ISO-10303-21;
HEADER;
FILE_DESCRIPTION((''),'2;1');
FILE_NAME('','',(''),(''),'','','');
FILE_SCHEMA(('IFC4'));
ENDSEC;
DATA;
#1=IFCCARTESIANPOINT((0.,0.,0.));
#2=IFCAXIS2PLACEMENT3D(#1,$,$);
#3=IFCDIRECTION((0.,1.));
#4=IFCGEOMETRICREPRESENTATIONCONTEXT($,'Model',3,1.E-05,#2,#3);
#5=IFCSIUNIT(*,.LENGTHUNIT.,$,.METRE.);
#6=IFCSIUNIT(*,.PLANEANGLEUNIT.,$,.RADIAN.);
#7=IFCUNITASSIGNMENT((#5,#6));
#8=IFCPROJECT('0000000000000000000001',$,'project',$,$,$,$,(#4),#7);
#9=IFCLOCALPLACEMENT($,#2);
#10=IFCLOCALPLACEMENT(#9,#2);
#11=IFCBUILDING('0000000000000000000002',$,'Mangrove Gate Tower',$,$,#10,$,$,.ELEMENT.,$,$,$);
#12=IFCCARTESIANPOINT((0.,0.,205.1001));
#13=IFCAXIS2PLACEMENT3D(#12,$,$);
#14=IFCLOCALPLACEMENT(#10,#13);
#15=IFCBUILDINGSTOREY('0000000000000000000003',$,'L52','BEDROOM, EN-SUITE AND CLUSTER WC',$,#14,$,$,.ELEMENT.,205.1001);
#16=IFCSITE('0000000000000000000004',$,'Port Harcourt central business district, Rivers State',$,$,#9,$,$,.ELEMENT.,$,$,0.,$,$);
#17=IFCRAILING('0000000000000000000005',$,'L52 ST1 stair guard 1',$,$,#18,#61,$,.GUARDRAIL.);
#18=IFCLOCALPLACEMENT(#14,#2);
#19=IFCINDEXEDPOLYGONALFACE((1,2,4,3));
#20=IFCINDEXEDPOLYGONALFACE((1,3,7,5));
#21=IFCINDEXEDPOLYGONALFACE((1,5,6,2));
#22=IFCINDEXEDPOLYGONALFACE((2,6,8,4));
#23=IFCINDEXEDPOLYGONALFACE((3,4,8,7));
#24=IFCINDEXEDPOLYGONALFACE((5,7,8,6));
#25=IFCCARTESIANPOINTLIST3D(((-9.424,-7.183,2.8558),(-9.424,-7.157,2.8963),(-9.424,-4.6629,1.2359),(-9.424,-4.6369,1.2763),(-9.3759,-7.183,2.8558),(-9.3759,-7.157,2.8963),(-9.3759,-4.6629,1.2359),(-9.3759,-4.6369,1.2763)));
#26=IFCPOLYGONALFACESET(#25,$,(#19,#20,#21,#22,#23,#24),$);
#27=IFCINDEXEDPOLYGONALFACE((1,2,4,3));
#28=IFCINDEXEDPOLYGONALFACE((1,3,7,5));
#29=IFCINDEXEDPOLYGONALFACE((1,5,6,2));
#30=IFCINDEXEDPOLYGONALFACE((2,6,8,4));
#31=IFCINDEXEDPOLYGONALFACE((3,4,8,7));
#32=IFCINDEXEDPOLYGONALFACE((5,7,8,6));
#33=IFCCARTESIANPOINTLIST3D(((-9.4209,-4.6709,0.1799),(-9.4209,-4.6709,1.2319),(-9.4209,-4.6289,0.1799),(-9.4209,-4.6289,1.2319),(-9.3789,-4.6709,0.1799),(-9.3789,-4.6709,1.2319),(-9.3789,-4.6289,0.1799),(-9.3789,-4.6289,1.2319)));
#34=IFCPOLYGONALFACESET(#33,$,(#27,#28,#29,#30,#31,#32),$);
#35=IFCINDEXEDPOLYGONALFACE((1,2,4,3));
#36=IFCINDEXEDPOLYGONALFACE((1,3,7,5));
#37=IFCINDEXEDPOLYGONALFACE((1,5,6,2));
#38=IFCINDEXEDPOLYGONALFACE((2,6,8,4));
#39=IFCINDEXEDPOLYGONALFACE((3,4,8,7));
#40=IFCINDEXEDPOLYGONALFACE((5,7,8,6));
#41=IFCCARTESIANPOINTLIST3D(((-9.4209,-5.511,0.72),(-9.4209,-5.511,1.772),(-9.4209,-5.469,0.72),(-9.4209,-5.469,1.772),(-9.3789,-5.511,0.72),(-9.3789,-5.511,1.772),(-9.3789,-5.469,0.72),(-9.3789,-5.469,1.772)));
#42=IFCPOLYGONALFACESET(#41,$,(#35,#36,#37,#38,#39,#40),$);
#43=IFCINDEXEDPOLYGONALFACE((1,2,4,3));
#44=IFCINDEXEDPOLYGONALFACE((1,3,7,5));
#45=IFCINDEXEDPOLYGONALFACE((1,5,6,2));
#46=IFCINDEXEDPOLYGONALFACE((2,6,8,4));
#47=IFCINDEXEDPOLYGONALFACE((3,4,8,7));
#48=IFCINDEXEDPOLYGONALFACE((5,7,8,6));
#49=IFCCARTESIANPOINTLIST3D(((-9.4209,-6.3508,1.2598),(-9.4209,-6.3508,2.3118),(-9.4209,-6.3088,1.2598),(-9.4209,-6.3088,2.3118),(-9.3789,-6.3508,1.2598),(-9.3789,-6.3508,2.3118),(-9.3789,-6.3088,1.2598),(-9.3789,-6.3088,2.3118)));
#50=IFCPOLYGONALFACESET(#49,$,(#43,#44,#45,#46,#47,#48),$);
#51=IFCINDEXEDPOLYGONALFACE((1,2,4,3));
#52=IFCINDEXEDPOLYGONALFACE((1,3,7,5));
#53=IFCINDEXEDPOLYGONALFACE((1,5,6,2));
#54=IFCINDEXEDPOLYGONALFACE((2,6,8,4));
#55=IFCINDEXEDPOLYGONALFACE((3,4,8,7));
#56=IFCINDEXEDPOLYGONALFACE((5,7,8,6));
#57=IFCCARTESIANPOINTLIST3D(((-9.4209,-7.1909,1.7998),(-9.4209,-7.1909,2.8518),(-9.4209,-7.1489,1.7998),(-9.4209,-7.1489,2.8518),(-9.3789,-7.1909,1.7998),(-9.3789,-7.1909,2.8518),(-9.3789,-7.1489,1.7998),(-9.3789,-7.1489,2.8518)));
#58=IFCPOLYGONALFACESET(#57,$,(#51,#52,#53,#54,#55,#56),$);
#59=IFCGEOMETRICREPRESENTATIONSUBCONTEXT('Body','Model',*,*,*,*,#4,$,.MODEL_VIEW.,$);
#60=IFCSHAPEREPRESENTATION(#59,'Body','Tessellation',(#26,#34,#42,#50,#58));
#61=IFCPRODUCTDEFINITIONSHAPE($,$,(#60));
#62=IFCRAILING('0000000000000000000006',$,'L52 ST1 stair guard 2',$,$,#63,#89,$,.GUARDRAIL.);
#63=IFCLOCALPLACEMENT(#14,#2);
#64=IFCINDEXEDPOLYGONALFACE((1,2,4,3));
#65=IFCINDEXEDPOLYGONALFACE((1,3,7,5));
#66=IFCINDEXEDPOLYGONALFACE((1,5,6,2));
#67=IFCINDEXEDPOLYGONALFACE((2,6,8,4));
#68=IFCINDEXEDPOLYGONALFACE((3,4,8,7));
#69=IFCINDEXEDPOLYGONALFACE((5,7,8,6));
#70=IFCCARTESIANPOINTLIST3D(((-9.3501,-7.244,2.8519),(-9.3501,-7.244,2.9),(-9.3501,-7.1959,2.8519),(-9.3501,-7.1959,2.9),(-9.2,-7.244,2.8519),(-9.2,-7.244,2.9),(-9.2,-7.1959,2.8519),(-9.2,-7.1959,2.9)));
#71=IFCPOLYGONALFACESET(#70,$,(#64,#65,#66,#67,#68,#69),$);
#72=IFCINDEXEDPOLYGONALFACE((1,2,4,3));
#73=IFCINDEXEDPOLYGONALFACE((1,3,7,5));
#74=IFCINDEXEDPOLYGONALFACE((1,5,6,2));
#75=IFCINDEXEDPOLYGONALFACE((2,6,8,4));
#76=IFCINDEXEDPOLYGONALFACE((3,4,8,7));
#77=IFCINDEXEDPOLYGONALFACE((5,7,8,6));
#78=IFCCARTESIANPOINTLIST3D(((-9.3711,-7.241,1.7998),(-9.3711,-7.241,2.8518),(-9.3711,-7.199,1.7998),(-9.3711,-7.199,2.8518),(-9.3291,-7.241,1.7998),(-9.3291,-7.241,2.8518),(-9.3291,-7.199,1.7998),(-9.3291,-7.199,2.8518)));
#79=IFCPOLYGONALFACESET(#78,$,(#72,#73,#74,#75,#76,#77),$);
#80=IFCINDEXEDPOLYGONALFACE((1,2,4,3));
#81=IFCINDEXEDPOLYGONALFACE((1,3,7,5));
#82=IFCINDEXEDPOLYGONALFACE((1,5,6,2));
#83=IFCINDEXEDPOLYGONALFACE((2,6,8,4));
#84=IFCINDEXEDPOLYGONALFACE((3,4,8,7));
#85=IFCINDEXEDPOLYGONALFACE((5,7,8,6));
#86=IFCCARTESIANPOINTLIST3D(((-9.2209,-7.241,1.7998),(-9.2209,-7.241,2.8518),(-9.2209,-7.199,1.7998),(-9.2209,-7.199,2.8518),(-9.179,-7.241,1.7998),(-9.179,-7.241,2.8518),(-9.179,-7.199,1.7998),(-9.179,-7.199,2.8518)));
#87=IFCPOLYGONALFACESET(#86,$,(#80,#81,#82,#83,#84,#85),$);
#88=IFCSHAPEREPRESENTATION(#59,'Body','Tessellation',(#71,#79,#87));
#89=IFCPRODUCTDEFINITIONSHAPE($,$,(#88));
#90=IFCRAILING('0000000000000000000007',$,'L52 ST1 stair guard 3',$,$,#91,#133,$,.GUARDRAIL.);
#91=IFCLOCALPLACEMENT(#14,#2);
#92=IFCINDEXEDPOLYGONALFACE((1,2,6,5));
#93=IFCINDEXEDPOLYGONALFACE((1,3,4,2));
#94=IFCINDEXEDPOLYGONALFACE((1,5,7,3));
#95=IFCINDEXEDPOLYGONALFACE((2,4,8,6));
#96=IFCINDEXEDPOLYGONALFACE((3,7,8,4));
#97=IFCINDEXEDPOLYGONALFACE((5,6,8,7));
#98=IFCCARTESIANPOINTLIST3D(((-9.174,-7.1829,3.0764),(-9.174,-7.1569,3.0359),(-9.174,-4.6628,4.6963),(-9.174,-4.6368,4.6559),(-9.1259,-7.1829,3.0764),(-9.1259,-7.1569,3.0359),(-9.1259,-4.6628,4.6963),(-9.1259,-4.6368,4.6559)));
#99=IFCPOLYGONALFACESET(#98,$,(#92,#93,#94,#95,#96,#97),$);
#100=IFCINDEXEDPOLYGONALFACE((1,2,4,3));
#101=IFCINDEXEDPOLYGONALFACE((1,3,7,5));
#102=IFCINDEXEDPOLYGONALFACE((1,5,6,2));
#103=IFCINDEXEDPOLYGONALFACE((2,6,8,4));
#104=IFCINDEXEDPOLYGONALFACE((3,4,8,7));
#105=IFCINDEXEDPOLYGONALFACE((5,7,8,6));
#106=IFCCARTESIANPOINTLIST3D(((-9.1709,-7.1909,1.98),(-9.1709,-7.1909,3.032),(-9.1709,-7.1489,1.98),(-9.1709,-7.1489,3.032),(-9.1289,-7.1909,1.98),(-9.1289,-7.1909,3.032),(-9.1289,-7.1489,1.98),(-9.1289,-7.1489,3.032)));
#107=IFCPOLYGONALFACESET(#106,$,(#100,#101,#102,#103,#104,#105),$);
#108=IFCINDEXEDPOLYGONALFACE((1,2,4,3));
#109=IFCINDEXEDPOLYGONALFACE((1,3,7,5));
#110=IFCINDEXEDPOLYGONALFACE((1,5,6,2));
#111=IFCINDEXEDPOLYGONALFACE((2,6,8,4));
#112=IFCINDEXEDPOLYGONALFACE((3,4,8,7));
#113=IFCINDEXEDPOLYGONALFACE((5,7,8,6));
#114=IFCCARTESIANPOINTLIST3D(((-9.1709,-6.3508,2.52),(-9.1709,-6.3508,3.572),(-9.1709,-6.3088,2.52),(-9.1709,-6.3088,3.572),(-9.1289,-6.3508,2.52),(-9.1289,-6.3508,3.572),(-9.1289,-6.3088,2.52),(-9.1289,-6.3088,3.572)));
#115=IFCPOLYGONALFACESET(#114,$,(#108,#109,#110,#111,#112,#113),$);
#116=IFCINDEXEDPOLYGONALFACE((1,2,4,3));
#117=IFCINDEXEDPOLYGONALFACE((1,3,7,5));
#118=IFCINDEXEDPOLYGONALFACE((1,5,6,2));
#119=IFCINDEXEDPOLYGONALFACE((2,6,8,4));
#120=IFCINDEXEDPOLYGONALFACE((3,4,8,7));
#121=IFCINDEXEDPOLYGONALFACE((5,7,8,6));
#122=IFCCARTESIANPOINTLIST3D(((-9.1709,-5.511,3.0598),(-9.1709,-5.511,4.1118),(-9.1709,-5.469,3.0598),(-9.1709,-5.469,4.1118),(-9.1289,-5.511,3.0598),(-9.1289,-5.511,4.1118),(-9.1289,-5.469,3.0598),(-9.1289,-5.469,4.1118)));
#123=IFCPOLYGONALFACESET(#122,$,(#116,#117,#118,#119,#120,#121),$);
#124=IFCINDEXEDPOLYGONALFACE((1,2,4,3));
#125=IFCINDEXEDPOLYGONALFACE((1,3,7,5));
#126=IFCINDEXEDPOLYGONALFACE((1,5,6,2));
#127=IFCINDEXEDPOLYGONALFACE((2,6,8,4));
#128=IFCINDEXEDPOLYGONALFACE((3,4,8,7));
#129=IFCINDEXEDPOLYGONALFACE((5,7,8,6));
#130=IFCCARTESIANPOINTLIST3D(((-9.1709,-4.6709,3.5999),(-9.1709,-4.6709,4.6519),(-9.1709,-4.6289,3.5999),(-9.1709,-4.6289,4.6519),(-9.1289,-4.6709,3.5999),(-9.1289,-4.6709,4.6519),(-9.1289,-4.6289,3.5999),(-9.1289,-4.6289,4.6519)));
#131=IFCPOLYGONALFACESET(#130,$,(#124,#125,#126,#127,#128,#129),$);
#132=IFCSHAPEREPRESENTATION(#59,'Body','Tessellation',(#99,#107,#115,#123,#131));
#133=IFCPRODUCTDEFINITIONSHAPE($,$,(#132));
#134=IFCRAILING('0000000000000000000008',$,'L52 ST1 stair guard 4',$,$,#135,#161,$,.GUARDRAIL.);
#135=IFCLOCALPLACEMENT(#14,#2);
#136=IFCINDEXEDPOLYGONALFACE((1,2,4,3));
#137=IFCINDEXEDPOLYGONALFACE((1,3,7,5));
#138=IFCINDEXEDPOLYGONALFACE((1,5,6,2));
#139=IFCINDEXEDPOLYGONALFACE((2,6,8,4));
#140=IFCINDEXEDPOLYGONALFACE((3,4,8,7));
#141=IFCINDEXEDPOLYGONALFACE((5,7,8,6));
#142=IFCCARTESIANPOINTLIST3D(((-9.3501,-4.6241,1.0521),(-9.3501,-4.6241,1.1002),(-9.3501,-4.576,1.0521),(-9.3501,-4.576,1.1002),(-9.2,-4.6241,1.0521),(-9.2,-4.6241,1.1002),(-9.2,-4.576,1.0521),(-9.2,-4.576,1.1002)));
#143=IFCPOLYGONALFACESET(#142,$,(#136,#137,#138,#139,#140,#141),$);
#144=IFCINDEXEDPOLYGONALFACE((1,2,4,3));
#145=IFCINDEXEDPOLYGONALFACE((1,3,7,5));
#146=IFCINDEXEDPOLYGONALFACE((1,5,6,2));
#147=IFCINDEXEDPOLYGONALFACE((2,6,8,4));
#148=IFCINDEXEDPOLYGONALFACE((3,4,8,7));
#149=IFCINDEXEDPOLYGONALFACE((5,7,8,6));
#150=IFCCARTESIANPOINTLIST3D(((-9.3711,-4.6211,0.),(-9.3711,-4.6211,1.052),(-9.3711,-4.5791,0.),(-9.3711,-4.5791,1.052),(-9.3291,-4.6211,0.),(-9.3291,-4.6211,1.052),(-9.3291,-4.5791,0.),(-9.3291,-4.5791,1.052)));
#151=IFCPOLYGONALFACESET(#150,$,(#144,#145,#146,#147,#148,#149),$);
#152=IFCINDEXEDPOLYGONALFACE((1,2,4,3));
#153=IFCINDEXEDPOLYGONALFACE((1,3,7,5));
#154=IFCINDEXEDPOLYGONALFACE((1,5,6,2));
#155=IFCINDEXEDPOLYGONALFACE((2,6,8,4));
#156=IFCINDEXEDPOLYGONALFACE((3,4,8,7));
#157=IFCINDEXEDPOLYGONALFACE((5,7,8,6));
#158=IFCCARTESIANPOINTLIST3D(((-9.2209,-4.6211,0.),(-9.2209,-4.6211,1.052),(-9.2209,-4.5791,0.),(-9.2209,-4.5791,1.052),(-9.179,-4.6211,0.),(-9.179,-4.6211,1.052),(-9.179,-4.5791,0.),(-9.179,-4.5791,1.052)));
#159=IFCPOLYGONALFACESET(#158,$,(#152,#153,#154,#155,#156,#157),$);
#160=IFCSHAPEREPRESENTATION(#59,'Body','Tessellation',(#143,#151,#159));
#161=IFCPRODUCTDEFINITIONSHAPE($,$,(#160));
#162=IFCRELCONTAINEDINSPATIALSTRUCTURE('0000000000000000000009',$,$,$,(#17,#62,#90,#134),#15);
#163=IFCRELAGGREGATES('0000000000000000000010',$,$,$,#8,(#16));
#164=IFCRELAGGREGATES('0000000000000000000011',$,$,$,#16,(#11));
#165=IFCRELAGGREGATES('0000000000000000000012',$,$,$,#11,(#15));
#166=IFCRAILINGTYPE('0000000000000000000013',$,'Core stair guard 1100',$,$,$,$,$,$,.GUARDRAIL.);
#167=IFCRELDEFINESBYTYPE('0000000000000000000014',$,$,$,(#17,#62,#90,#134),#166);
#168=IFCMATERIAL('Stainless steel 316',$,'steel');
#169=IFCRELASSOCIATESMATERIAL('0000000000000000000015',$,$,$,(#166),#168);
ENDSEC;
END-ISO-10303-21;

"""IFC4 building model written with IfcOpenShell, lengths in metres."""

from ifc_helpers import new_model, si_unit, direction, frame, origin, origin_2d, place, context, subcontext, project, spatial, rectangle, extrude, material, type_object, element, save


model = new_model("IFC4")

# Units and contexts
model_context = context("Model", 3, precision=1e-05, world=origin(), true_north=direction((0.0, 1.0)))
body_context = subcontext(model_context, "Body", "Model", "MODEL_VIEW")
ifc_project = project(units=[si_unit("LENGTHUNIT", "METRE"), si_unit("PLANEANGLEUNIT", "RADIAN")], contexts=[model_context])

# Site, building, storey
site_placement = place(None, origin())
site = spatial("IfcSite", under=ifc_project, at=site_placement, Name="Port Harcourt central business district, Rivers State", CompositionType="ELEMENT", RefElevation=0.0)
building_placement = place(site_placement, origin())
building = spatial("IfcBuilding", under=site, at=building_placement, Name="Mangrove Gate Tower", CompositionType="ELEMENT")
storey_placement = place(building_placement, frame((0.0, 0.0, 205.1001)))
storey = spatial("IfcBuildingStorey", under=building, at=storey_placement, Name="L52", Description="BEDROOM, EN-SUITE AND CLUSTER WC", CompositionType="ELEMENT", Elevation=205.1001)

# Railings
ifc_material_1 = material(Name="Stainless steel 316", Category="steel")
railing_type_1 = type_object("IfcRailingType", Name="Core stair guard 1100", PredefinedType="GUARDRAIL", material=ifc_material_1)
railing_1_placement = place(storey_placement, frame((-9.3999, -4.6499, 0.1799)))
element("IfcRailing", 1, at=railing_1_placement, inside=storey, type_object=railing_type_1, Name="L52 ST1 stair guard 1", PredefinedType="GUARDRAIL", context=body_context, shape_type="SweptSolid", body=[
    extrude(rectangle(XDim=0.0481, YDim=0.0481, at=origin_2d()), frame((0.0, 0.0, 1.0762), z_axis=(0.0, -0.8412, 0.540725), x_axis=(1.0, 0.0, 0.0)), (0.0, 0.0, 1.0), 2.9958),
    extrude(rectangle(XDim=0.042, YDim=0.042, at=origin_2d()), origin(), (0.0, 0.0, 1.0), 1.052),
    extrude(rectangle(XDim=0.042, YDim=0.042, at=origin_2d()), frame((0.0, -0.8401, 0.54)), (0.0, 0.0, 1.0), 1.052),
    extrude(rectangle(XDim=0.042, YDim=0.042, at=origin_2d()), frame((0.0, -1.6799, 1.0798)), (0.0, 0.0, 1.0), 1.052),
    extrude(rectangle(XDim=0.042, YDim=0.042, at=origin_2d()), frame((0.0, -2.52, 1.6199)), (0.0, 0.0, 1.0), 1.052),
])
railing_2_placement = place(storey_placement, frame((-9.3501, -7.22, 1.7998)))
element("IfcRailing", 2, at=railing_2_placement, inside=storey, type_object=railing_type_1, Name="L52 ST1 stair guard 2", PredefinedType="GUARDRAIL", context=body_context, shape_type="SweptSolid", body=[
    extrude(rectangle(XDim=0.0481, YDim=0.0481, at=origin_2d()), frame((0.0, 0.0, 1.0762), z_axis=(1.0, 0.0, 0.0), x_axis=(0.0, 1.0, 0.0)), (0.0, 0.0, 1.0), 0.1501),
    extrude(rectangle(XDim=0.042, YDim=0.042, at=origin_2d()), origin(), (0.0, 0.0, 1.0), 1.052),
    extrude(rectangle(XDim=0.042, YDim=0.042, at=origin_2d()), frame((0.1501, 0.0, 0.0)), (0.0, 0.0, 1.0), 1.052),
])
railing_3_placement = place(storey_placement, frame((-9.1499, -7.1699, 1.98)))
element("IfcRailing", 3, at=railing_3_placement, inside=storey, type_object=railing_type_1, Name="L52 ST1 stair guard 3", PredefinedType="GUARDRAIL", context=body_context, shape_type="SweptSolid", body=[
    extrude(rectangle(XDim=0.0481, YDim=0.0481, at=origin_2d()), frame((0.0, 0.0, 1.0762), z_axis=(0.0, 0.8412, 0.540725), x_axis=(-1.0, 0.0, 0.0)), (0.0, 0.0, 1.0), 2.9958),
    extrude(rectangle(XDim=0.042, YDim=0.042, at=origin_2d()), origin(), (0.0, 0.0, 1.0), 1.052),
    extrude(rectangle(XDim=0.042, YDim=0.042, at=origin_2d()), frame((0.0, 0.8401, 0.54)), (0.0, 0.0, 1.0), 1.052),
    extrude(rectangle(XDim=0.042, YDim=0.042, at=origin_2d()), frame((0.0, 1.6799, 1.0798)), (0.0, 0.0, 1.0), 1.052),
    extrude(rectangle(XDim=0.042, YDim=0.042, at=origin_2d()), frame((0.0, 2.52, 1.6199)), (0.0, 0.0, 1.0), 1.052),
])
railing_4_placement = place(storey_placement, frame((-9.3501, -4.6001, 0.0)))
element("IfcRailing", 4, at=railing_4_placement, inside=storey, type_object=railing_type_1, Name="L52 ST1 stair guard 4", PredefinedType="GUARDRAIL", context=body_context, shape_type="SweptSolid", body=[
    extrude(rectangle(XDim=0.0481, YDim=0.0481, at=origin_2d()), frame((0.0, 0.0, 1.0762), z_axis=(1.0, 0.0, 0.0), x_axis=(0.0, 1.0, 0.0)), (0.0, 0.0, 1.0), 0.1501),
    extrude(rectangle(XDim=0.042, YDim=0.042, at=origin_2d()), origin(), (0.0, 0.0, 1.0), 1.052),
    extrude(rectangle(XDim=0.042, YDim=0.042, at=origin_2d()), frame((0.1501, 0.0, 0.0)), (0.0, 0.0, 1.0), 1.052),
])

save(model, "model.ifc")
